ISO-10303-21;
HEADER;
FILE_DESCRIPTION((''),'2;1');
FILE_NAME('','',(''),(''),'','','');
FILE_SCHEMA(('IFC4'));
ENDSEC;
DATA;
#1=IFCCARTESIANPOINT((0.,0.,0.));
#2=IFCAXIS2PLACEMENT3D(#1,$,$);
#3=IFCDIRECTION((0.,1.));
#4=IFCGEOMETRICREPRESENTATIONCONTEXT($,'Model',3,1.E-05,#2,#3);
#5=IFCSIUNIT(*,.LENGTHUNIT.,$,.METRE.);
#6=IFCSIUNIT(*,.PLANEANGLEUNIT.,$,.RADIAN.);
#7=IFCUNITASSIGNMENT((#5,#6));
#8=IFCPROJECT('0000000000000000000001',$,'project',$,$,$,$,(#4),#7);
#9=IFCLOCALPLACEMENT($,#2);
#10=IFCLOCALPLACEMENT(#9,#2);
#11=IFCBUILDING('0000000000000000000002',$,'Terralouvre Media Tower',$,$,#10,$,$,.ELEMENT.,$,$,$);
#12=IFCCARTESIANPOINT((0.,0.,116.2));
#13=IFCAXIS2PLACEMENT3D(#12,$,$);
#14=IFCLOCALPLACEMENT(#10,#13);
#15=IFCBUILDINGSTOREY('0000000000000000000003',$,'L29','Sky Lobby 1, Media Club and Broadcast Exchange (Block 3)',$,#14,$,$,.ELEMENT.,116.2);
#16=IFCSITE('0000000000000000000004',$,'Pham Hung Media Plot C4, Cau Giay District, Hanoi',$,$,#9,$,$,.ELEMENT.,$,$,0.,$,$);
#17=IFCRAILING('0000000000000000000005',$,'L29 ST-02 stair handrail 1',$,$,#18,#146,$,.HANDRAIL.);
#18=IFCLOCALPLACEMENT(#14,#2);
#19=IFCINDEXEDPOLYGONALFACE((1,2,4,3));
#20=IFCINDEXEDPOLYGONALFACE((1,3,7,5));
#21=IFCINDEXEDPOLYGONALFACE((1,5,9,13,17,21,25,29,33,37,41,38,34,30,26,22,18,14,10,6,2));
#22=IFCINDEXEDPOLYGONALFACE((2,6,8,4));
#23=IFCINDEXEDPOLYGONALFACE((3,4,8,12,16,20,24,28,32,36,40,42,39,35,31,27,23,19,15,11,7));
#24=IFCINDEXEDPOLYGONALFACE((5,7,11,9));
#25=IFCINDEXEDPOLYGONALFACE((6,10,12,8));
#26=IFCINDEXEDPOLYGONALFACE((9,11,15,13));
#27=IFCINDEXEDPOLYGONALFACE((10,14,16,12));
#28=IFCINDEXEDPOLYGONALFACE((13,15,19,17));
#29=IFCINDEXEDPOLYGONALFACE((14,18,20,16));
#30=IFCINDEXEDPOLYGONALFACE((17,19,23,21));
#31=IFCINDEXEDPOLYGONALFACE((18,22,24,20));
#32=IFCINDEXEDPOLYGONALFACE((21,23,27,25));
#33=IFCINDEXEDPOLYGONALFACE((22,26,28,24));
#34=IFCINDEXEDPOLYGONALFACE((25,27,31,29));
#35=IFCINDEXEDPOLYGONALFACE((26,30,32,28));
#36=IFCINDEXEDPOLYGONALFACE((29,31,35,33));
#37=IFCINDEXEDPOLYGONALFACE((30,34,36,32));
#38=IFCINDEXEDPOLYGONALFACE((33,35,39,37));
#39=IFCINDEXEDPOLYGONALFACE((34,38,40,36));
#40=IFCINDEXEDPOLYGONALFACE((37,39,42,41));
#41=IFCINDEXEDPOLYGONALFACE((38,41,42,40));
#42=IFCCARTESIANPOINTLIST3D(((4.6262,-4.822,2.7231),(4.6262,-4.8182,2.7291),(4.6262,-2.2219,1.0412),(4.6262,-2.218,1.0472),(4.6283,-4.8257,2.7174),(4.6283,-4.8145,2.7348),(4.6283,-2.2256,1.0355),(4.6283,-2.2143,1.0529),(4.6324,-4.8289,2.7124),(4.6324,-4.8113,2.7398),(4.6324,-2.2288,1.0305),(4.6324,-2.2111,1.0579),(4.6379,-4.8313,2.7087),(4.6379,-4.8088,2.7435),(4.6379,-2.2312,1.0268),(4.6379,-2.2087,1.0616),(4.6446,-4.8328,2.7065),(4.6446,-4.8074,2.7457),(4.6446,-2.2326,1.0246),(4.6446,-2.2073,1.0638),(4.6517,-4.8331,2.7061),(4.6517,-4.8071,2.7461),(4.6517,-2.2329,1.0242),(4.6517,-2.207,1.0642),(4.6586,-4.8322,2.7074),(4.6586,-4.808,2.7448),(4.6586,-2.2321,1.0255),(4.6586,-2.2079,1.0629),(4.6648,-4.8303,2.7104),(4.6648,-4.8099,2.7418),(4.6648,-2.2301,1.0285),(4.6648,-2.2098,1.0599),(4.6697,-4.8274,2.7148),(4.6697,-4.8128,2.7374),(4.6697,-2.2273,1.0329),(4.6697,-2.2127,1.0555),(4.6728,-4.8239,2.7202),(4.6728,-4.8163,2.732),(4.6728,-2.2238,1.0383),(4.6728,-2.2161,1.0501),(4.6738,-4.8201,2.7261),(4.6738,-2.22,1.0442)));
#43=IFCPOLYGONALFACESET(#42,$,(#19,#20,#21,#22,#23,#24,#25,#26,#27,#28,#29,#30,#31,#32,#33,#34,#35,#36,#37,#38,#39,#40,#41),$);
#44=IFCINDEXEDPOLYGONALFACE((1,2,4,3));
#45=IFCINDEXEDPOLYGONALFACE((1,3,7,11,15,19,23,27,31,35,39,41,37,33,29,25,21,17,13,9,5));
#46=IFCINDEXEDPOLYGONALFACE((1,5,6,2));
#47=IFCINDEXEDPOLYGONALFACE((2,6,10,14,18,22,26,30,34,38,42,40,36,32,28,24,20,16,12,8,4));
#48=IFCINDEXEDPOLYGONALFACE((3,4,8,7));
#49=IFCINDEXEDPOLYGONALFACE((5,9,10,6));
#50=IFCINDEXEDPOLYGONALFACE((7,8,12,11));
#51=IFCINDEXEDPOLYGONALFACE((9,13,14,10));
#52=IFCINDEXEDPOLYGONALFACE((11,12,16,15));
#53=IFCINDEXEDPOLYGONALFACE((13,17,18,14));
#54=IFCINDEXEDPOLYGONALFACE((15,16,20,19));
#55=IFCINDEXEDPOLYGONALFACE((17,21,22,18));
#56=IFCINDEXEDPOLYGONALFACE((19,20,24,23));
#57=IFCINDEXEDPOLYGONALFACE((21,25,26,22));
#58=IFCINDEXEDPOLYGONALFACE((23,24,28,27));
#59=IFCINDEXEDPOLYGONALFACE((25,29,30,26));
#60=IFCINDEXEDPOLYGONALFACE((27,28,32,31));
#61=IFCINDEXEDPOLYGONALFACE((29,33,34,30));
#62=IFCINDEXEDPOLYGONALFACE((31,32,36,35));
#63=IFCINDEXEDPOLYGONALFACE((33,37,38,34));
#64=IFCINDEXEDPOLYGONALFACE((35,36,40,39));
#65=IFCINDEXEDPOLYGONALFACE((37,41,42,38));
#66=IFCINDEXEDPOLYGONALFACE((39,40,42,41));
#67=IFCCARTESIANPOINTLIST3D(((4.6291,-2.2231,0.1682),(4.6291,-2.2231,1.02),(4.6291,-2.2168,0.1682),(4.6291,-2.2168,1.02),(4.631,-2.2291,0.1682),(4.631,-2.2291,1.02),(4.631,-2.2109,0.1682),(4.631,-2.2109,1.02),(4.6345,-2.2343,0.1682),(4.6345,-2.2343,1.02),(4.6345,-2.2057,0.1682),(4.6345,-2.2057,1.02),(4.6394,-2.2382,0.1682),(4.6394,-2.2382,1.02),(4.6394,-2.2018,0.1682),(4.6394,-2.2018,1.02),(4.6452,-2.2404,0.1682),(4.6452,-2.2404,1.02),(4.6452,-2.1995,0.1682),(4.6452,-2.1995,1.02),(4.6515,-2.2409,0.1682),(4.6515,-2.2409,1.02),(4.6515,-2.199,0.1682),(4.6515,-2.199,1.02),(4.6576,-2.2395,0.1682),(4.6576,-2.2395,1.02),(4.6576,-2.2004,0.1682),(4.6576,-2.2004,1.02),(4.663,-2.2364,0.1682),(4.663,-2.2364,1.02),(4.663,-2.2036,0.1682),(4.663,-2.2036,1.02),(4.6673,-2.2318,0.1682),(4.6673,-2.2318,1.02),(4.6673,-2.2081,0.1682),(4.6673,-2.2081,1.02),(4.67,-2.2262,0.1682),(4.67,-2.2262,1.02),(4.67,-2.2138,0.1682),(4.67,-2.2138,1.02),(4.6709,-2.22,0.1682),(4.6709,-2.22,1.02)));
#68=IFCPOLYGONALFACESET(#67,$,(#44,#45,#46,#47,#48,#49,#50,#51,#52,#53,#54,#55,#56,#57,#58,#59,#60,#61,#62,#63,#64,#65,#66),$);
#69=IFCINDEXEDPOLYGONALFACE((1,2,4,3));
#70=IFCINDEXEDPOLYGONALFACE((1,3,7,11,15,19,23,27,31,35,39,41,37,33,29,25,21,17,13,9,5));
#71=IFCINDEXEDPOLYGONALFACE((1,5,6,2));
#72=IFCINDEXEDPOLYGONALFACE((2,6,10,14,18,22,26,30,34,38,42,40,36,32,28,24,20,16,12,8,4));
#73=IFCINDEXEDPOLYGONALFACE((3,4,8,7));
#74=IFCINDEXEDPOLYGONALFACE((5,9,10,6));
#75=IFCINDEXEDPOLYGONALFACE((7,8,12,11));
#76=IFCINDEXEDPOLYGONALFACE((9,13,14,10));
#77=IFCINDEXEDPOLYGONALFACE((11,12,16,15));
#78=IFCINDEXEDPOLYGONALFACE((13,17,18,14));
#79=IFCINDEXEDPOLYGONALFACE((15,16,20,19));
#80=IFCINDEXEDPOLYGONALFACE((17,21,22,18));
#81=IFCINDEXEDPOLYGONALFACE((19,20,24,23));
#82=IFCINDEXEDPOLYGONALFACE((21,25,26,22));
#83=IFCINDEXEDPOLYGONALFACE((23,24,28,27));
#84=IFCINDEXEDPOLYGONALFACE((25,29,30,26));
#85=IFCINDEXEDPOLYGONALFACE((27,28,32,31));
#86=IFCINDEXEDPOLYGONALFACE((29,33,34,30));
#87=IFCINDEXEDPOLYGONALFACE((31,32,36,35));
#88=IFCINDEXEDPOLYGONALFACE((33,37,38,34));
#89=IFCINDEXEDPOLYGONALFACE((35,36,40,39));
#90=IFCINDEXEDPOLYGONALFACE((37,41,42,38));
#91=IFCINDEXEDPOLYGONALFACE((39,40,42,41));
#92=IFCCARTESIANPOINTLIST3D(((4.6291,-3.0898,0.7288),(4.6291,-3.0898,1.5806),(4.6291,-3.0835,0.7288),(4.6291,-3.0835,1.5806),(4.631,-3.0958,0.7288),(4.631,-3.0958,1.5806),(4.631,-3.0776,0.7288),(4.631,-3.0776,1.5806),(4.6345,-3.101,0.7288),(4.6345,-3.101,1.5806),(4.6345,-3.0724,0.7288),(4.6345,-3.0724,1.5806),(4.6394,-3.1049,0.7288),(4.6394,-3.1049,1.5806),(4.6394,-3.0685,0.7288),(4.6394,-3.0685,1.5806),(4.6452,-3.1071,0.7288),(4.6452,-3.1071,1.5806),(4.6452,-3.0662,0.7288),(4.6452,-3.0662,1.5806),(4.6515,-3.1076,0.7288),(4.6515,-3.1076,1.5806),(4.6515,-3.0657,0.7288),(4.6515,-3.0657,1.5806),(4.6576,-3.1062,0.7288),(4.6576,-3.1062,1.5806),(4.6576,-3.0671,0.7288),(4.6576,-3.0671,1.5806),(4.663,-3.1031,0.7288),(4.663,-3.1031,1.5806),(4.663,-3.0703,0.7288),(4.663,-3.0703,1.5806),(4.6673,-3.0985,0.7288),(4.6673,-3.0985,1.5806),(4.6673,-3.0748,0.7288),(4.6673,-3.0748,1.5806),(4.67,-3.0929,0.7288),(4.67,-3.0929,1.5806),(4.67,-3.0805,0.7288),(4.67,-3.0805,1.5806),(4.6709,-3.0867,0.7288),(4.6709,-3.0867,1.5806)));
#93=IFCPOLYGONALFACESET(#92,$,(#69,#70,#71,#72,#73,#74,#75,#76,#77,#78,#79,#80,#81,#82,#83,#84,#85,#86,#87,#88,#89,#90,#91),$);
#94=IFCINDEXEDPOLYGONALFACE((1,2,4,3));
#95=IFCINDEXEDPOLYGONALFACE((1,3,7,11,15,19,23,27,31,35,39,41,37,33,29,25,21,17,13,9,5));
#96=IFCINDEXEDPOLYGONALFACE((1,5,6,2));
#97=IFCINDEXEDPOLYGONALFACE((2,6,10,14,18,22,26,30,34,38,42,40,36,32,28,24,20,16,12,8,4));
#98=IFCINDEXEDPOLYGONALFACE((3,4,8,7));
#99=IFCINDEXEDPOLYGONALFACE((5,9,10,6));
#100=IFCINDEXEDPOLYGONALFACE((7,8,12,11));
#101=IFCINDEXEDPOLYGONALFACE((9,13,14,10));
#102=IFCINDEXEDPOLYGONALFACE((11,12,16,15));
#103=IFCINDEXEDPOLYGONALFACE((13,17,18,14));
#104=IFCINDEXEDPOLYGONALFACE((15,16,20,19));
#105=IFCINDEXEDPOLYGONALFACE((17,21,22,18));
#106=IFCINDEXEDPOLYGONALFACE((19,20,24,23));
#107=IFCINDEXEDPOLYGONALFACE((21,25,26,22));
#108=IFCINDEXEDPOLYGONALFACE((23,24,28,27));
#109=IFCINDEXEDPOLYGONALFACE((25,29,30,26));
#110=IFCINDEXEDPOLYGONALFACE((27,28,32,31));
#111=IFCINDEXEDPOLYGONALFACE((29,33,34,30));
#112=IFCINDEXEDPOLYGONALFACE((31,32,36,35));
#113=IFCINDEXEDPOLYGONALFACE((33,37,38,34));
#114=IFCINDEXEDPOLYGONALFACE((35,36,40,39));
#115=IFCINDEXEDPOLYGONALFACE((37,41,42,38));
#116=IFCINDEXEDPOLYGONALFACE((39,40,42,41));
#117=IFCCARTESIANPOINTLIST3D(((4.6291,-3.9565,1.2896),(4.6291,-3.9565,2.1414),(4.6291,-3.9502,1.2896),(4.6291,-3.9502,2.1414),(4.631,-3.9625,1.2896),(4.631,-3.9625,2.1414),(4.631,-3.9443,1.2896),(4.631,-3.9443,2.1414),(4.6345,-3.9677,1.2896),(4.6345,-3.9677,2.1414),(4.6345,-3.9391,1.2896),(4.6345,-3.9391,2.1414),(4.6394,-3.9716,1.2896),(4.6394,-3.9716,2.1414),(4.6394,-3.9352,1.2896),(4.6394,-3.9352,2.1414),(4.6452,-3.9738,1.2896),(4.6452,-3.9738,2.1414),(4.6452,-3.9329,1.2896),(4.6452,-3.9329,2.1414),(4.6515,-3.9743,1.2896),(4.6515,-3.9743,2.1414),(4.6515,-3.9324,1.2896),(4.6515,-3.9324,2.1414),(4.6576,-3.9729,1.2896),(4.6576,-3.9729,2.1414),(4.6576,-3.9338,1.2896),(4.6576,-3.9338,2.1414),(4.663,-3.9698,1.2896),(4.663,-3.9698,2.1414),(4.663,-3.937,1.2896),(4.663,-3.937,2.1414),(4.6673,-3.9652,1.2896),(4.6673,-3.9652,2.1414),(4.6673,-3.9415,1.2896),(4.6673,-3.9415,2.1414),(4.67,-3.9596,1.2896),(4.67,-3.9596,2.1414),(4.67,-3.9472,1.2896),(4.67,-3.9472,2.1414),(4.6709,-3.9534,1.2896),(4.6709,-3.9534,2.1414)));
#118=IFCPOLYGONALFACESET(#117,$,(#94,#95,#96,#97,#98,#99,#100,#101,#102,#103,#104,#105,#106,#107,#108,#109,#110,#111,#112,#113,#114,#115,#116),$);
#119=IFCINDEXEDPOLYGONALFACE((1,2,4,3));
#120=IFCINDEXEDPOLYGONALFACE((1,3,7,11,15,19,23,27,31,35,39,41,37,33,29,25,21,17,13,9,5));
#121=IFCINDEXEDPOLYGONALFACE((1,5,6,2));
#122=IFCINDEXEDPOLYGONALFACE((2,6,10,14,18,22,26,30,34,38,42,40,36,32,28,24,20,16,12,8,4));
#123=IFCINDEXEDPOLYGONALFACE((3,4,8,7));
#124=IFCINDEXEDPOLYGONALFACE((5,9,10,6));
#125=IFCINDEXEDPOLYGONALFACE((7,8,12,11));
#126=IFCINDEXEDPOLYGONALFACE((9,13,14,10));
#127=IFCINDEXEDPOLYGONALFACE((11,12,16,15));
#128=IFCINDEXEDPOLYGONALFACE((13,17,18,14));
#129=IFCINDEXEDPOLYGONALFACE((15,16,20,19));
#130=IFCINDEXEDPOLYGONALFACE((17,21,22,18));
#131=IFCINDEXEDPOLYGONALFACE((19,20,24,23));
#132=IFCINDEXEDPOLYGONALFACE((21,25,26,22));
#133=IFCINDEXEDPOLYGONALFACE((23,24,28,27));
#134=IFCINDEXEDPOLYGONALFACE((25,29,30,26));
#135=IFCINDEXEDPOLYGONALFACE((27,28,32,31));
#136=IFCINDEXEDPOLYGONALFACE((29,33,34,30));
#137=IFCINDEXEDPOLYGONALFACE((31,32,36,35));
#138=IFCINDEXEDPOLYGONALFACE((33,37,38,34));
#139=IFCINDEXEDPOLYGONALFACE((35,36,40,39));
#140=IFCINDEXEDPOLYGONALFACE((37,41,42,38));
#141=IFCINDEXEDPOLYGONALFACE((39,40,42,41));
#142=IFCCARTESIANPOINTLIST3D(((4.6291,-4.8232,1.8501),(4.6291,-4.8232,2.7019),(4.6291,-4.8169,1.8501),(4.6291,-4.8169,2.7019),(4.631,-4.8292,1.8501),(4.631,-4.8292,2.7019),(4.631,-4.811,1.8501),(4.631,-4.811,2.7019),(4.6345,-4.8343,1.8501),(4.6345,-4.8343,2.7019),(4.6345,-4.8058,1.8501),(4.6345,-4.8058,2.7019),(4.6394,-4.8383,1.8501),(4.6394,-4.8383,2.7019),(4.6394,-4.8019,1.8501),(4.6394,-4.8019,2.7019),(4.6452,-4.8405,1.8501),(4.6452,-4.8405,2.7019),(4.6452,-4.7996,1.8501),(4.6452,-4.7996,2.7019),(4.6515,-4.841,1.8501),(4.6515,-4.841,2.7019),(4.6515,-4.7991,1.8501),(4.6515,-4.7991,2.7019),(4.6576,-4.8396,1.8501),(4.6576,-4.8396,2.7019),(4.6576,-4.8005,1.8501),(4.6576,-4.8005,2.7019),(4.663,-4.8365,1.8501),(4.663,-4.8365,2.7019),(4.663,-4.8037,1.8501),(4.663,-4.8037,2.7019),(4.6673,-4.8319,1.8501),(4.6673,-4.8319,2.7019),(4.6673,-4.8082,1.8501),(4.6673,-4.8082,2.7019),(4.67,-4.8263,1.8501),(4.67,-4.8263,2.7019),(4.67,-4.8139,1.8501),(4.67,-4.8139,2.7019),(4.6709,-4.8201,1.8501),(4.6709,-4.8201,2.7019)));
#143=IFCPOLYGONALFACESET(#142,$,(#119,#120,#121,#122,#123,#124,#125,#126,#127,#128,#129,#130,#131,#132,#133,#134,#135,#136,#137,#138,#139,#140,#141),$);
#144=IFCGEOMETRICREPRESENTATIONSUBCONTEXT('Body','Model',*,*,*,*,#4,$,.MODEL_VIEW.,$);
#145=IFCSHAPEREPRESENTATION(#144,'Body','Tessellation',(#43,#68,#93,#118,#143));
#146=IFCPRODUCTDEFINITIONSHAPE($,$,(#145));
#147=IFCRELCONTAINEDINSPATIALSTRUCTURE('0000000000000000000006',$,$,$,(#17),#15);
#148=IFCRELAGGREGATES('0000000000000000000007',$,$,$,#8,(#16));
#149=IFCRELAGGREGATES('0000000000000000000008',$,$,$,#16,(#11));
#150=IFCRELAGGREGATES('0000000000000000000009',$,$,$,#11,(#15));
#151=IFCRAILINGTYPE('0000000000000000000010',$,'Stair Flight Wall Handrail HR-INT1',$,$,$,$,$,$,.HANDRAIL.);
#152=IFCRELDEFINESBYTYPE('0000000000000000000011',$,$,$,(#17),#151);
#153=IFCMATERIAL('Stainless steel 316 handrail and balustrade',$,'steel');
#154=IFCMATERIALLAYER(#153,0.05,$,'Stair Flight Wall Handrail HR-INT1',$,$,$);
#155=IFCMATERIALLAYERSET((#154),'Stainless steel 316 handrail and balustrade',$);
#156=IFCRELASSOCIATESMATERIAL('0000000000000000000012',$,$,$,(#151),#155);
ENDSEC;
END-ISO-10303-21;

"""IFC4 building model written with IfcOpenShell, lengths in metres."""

from ifc_helpers import new_model, si_unit, direction, frame, origin, origin_2d, place, context, subcontext, project, spatial, circle, extrude, material, layer, layer_set, type_object, element, save


model = new_model("IFC4")

# Units and contexts
model_context = context("Model", 3, precision=1e-05, world=origin(), true_north=direction((0.0, 1.0)))
body_context = subcontext(model_context, "Body", "Model", "MODEL_VIEW")
ifc_project = project(units=[si_unit("LENGTHUNIT", "METRE"), si_unit("PLANEANGLEUNIT", "RADIAN")], contexts=[model_context])

# Site, building, storey
site_placement = place(None, origin())
site = spatial("IfcSite", under=ifc_project, at=site_placement, Name="Pham Hung Media Plot C4, Cau Giay District, Hanoi", CompositionType="ELEMENT", RefElevation=0.0)
building_placement = place(site_placement, origin())
building = spatial("IfcBuilding", under=site, at=building_placement, Name="Terralouvre Media Tower", CompositionType="ELEMENT")
storey_placement = place(building_placement, frame((0.0, 0.0, 116.2)))
storey = spatial("IfcBuildingStorey", under=building, at=storey_placement, Name="L29", Description="Sky Lobby 1, Media Club and Broadcast Exchange (Block 3)", CompositionType="ELEMENT", Elevation=116.2)

# Railing
ifc_material_1 = material(Name="Stainless steel 316 handrail and balustrade", Category="steel")
ifc_layer_1 = layer(ifc_material_1, 0.05, Name="Stair Flight Wall Handrail HR-INT1")
ifc_layer_set_1 = layer_set([ifc_layer_1], Name="Stainless steel 316 handrail and balustrade")
railing_type = type_object("IfcRailingType", Name="Stair Flight Wall Handrail HR-INT1", PredefinedType="HANDRAIL", material=ifc_layer_set_1)
railing_placement = place(storey_placement, frame((4.6499, -2.22, 0.1682)))
element("IfcRailing", 1, at=railing_placement, inside=storey, type_object=railing_type, Name="L29 ST-02 stair handrail 1", PredefinedType="HANDRAIL", context=body_context, shape_type="SweptSolid", body=[
    extrude(circle(Radius=0.0239, at=origin_2d()), frame((0.0, 0.0, 0.876), z_axis=(0.0, -0.839648, 0.54313), x_axis=(1.0, 0.0, 0.0)), (0.0, 0.0, 1.0), 3.0967),
    extrude(circle(Radius=0.021, at=origin_2d()), origin(), (0.0, 0.0, 1.0), 0.8518),
    extrude(circle(Radius=0.021, at=origin_2d()), frame((0.0, -0.8667, 0.5605)), (0.0, 0.0, 1.0), 0.8518),
    extrude(circle(Radius=0.021, at=origin_2d()), frame((0.0, -1.7334, 1.1213)), (0.0, 0.0, 1.0), 0.8518),
    extrude(circle(Radius=0.021, at=origin_2d()), frame((0.0, -2.6001, 1.6819)), (0.0, 0.0, 1.0), 0.8518),
])

save(model, "model.ifc")
